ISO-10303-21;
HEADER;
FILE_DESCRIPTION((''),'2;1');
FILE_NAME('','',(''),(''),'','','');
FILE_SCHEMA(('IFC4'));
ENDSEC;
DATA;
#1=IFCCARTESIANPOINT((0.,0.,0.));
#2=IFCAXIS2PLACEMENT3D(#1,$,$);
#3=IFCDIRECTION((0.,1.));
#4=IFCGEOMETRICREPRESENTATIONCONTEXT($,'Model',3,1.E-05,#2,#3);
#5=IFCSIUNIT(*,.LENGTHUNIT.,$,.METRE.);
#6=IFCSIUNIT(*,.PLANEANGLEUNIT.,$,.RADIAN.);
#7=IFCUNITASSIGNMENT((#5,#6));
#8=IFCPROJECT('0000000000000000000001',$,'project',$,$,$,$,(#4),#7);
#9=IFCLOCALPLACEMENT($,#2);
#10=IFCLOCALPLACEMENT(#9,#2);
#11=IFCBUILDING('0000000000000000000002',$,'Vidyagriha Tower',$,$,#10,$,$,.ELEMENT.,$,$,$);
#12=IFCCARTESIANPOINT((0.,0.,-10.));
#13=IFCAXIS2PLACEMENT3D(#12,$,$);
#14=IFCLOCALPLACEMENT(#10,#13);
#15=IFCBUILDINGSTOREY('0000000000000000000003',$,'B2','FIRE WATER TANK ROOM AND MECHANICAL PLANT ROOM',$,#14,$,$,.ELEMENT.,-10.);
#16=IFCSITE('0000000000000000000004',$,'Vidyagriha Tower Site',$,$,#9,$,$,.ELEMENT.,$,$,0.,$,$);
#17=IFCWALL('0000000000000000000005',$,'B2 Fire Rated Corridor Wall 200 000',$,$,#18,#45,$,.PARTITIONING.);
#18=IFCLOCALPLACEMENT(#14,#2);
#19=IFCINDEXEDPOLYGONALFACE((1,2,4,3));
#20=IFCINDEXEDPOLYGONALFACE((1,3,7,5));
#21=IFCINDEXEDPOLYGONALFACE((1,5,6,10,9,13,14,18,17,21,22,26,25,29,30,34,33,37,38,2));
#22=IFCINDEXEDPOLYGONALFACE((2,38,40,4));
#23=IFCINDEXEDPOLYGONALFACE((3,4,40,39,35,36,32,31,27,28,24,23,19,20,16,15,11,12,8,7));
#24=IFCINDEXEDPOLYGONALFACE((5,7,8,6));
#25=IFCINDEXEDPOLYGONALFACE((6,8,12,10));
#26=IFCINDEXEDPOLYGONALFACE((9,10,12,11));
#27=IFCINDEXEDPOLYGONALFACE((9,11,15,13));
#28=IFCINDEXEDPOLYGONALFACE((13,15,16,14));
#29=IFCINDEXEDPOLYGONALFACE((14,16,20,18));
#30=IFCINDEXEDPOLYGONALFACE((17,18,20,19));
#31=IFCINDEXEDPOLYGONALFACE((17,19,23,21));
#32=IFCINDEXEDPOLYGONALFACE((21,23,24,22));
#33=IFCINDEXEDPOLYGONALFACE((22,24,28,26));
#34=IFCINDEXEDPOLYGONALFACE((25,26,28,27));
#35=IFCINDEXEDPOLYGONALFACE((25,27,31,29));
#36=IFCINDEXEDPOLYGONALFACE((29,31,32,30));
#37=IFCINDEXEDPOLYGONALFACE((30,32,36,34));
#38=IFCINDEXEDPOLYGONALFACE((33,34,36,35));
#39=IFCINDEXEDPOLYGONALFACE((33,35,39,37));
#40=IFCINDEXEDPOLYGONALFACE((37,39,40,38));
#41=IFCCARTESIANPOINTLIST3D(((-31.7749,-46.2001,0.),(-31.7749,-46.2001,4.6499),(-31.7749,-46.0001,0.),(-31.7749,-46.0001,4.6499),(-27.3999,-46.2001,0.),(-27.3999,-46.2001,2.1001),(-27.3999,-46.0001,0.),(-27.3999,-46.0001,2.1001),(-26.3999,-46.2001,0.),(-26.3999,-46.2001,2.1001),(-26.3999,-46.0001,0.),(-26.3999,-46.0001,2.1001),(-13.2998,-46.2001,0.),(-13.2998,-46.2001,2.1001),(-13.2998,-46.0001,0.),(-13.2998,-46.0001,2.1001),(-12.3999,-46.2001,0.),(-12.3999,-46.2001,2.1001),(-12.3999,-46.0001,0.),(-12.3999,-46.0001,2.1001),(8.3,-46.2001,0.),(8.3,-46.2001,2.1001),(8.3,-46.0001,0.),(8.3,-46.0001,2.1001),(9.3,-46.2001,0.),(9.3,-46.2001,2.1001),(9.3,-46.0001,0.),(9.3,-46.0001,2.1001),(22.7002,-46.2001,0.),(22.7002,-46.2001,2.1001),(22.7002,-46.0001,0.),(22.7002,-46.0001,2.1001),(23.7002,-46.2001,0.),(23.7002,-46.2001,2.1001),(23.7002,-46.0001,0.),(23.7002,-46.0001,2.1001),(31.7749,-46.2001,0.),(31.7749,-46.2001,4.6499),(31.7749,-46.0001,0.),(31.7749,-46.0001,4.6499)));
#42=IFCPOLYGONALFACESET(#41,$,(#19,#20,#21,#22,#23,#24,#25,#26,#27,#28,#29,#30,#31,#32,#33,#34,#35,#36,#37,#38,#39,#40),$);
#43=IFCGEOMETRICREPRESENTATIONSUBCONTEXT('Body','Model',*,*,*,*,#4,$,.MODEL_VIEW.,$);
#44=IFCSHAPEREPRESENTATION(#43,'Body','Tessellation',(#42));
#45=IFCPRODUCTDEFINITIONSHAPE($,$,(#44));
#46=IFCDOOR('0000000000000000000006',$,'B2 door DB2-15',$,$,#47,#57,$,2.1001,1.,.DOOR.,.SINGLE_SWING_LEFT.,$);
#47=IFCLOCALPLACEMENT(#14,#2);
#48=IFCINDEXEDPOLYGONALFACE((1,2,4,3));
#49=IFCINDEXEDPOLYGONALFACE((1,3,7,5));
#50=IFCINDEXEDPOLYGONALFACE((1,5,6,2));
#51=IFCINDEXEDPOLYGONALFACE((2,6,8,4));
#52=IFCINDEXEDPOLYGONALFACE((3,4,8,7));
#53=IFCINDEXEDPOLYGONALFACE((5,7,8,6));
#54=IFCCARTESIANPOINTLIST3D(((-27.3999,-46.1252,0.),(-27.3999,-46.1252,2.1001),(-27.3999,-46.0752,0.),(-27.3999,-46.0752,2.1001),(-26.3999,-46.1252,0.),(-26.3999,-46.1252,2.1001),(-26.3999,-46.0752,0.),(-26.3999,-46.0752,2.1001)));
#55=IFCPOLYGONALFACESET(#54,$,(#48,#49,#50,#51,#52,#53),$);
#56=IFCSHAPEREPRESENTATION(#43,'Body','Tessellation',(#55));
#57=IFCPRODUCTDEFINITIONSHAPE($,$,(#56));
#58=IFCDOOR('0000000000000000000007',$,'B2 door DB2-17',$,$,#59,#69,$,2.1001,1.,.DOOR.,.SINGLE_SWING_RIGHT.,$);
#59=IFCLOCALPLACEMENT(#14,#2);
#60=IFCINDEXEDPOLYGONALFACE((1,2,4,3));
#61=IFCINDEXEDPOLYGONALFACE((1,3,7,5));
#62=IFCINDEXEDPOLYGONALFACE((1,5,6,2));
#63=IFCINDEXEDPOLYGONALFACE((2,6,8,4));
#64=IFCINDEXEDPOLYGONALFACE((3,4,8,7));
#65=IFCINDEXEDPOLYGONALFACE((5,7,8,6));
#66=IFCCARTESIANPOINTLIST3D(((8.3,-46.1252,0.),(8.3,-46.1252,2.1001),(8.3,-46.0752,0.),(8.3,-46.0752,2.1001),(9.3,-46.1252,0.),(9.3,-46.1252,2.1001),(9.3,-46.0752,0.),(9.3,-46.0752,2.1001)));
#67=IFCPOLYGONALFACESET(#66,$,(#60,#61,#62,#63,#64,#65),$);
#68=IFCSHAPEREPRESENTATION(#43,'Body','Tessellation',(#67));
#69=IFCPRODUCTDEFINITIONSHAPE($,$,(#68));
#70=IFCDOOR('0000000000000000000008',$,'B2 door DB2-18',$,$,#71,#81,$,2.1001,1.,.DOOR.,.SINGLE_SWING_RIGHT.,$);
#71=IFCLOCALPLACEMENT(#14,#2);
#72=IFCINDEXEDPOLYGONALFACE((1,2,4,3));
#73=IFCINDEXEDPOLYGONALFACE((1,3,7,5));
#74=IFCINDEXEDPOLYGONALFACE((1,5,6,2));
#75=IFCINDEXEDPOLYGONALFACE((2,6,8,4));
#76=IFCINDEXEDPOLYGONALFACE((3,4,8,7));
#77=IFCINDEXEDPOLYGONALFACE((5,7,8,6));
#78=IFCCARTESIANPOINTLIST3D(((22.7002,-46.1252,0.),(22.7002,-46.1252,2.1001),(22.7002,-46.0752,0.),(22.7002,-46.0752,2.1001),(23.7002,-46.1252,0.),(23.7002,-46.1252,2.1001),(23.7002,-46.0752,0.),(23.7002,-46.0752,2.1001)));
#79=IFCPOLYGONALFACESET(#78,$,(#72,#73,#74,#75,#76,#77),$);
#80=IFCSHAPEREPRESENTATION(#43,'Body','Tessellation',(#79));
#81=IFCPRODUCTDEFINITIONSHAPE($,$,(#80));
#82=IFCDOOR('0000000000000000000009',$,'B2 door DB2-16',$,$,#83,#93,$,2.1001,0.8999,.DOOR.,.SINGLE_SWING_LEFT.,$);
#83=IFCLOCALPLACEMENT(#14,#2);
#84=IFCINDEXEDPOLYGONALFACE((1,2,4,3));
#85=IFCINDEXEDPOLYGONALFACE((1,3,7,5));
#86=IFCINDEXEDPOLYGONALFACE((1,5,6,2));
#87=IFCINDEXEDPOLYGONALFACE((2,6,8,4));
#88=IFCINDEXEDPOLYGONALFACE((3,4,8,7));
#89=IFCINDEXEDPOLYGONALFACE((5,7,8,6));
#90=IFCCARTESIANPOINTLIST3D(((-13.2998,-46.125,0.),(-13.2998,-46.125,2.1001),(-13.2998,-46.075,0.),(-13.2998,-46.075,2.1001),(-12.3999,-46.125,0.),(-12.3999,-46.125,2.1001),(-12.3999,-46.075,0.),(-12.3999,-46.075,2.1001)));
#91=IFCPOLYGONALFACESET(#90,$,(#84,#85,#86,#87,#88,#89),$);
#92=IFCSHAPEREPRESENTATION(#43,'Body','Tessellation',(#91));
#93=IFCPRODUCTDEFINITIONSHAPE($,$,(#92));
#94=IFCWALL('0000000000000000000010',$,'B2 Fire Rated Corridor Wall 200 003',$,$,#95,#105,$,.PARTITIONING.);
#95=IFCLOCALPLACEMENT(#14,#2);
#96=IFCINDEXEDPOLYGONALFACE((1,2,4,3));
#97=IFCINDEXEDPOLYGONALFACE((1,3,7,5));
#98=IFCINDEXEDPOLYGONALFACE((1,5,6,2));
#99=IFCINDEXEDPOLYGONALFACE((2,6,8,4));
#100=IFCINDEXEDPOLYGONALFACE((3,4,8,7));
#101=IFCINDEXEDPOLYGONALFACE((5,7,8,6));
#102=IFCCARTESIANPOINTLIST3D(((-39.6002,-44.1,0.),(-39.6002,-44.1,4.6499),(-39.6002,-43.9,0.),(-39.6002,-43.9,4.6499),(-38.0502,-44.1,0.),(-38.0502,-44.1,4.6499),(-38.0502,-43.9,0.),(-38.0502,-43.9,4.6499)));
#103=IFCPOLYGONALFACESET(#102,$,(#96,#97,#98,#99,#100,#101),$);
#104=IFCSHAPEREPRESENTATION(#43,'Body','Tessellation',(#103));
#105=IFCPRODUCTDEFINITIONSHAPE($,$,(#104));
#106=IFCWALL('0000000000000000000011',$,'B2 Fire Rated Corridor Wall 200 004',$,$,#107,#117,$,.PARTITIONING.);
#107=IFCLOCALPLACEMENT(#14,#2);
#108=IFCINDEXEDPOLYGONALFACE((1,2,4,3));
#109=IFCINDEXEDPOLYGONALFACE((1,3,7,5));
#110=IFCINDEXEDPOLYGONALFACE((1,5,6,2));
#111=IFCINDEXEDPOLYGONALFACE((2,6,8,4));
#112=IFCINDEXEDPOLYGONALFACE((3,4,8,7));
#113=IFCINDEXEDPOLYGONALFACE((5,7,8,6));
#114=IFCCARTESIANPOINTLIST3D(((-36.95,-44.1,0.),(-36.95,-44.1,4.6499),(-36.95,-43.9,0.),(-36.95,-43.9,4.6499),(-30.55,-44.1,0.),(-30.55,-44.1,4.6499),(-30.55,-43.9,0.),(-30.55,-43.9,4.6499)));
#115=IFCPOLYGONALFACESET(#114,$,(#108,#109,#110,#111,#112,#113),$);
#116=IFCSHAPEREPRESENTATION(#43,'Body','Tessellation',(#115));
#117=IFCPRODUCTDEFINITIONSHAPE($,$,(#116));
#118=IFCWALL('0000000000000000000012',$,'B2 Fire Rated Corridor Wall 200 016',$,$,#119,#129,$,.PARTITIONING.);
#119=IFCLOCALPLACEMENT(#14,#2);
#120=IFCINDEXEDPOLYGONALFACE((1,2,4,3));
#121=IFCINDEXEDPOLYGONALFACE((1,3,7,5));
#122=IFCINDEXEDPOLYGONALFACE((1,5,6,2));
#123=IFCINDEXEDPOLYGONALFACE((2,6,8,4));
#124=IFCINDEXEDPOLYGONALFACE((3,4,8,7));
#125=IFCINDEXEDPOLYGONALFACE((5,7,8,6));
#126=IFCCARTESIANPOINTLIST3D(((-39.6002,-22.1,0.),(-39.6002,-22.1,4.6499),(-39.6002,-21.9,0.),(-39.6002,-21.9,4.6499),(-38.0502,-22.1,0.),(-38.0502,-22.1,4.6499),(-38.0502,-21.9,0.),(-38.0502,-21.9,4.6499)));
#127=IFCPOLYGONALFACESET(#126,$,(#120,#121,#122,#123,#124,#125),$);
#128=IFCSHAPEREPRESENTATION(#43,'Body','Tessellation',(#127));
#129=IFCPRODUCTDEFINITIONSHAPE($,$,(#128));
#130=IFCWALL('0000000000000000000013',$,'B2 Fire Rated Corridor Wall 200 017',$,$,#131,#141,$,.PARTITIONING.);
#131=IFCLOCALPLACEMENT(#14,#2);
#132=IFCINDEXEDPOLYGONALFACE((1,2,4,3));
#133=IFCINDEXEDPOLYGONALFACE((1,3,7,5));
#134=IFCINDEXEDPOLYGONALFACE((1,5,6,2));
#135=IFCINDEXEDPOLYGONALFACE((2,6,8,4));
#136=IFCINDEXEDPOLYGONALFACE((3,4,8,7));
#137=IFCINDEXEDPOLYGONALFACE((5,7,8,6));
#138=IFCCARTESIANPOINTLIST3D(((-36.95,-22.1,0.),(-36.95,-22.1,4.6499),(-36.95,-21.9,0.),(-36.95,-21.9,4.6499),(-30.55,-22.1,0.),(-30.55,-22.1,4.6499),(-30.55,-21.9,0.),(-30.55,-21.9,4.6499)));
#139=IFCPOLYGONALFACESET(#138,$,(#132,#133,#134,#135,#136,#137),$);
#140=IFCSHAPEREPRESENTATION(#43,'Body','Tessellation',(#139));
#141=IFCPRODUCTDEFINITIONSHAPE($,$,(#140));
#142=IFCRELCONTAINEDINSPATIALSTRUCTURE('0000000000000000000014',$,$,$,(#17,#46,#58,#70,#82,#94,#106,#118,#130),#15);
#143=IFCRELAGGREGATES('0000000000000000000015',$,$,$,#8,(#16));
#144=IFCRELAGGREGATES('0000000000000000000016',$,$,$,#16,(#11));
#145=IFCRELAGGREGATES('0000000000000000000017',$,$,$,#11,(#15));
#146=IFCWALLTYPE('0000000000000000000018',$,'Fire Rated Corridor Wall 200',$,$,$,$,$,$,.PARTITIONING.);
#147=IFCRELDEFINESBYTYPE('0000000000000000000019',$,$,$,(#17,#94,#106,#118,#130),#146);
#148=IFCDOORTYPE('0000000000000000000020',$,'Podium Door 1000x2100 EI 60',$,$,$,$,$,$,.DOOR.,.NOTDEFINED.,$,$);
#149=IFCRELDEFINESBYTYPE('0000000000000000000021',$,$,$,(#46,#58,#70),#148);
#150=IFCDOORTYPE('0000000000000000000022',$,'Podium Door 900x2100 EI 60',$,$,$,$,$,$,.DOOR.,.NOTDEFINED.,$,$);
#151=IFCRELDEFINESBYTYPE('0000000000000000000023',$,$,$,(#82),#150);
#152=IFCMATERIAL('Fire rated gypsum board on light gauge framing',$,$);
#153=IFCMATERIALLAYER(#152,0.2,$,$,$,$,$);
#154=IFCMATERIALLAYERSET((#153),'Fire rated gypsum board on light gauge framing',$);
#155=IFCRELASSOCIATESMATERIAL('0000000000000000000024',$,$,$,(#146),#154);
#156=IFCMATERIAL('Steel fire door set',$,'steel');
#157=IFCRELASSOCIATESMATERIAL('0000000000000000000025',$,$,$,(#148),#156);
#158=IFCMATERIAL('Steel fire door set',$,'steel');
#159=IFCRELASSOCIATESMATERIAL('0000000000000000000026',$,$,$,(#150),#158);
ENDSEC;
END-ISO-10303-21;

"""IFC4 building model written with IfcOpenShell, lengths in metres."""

from ifc_helpers import new_model, si_unit, direction, frame, frame_2d, origin, place, context, subcontext, project, spatial, rectangle, extrude, material, layer, layer_set, type_object, element, fill, save


model = new_model("IFC4")

# Units and contexts
model_context = context("Model", 3, precision=1e-05, world=origin(), true_north=direction((0.0, 1.0)))
body_context = subcontext(model_context, "Body", "Model", "MODEL_VIEW")
ifc_project = project(units=[si_unit("LENGTHUNIT", "METRE"), si_unit("PLANEANGLEUNIT", "RADIAN")], contexts=[model_context])

# Site, building, storey
site_placement = place(None, origin())
site = spatial("IfcSite", under=ifc_project, at=site_placement, Name="Vidyagriha Tower Site", CompositionType="ELEMENT", RefElevation=0.0)
building_placement = place(site_placement, origin())
building = spatial("IfcBuilding", under=site, at=building_placement, Name="Vidyagriha Tower", CompositionType="ELEMENT")
storey_placement = place(building_placement, frame((0.0, 0.0, -10.0)))
storey = spatial("IfcBuildingStorey", under=building, at=storey_placement, Name="B2", Description="FIRE WATER TANK ROOM AND MECHANICAL PLANT ROOM", CompositionType="ELEMENT", Elevation=-10.0)

# Wall, openings, doors
ifc_material_1 = material(Name="Fire rated gypsum board on light gauge framing")
ifc_layer_1 = layer(ifc_material_1, 0.2)
ifc_layer_set_1 = layer_set([ifc_layer_1], Name="Fire rated gypsum board on light gauge framing")
wall_type_1 = type_object("IfcWallType", Name="Fire Rated Corridor Wall 200", PredefinedType="PARTITIONING", material=ifc_layer_set_1)
wall_1_placement = place(storey_placement, frame((-31.7749, -46.1001, 0.0)))
wall_1 = element("IfcWall", 1, at=wall_1_placement, inside=storey, type_object=wall_type_1, Name="B2 Fire Rated Corridor Wall 200 000", PredefinedType="PARTITIONING", context=body_context, shape_type="SweptSolid", body=[
    extrude(rectangle(XDim=63.5498, YDim=0.2, at=frame_2d((31.7749, 0.0))), origin(), (0.0, 0.0, 1.0), 4.6499),
])
opening_1_placement = place(wall_1_placement, frame((4.375, 0.0, 0.0)))
opening_1 = element("IfcOpeningElement", 2, at=opening_1_placement, cuts=wall_1, PredefinedType="OPENING", context=body_context, shape_type="SweptSolid", body=[
    extrude(rectangle(XDim=1.0, YDim=2.1001, at=frame_2d((0.5, 1.05))), frame((0.0, 0.1099, 0.0), z_axis=(0.0, -1.0, 0.0), x_axis=(1.0, 0.0, 0.0)), (0.0, 0.0, 1.0), 0.22),
])
opening_2_placement = place(wall_1_placement, frame((18.4751, 0.0, 0.0)))
opening_2 = element("IfcOpeningElement", 3, at=opening_2_placement, cuts=wall_1, PredefinedType="OPENING", context=body_context, shape_type="SweptSolid", body=[
    extrude(rectangle(XDim=0.8999, YDim=2.1001, at=frame_2d((0.45, 1.05))), frame((0.0, 0.1099, 0.0), z_axis=(0.0, -1.0, 0.0), x_axis=(1.0, 0.0, 0.0)), (0.0, 0.0, 1.0), 0.22),
])
opening_3_placement = place(wall_1_placement, frame((40.075, 0.0, 0.0)))
opening_3 = element("IfcOpeningElement", 4, at=opening_3_placement, cuts=wall_1, PredefinedType="OPENING", context=body_context, shape_type="SweptSolid", body=[
    extrude(rectangle(XDim=1.0, YDim=2.1001, at=frame_2d((0.5, 1.05))), frame((0.0, 0.1099, 0.0), z_axis=(0.0, -1.0, 0.0), x_axis=(1.0, 0.0, 0.0)), (0.0, 0.0, 1.0), 0.22),
])
opening_4_placement = place(wall_1_placement, frame((54.4751, 0.0, 0.0)))
opening_4 = element("IfcOpeningElement", 5, at=opening_4_placement, cuts=wall_1, PredefinedType="OPENING", context=body_context, shape_type="SweptSolid", body=[
    extrude(rectangle(XDim=1.0, YDim=2.1001, at=frame_2d((0.5, 1.05))), frame((0.0, 0.1099, 0.0), z_axis=(0.0, -1.0, 0.0), x_axis=(1.0, 0.0, 0.0)), (0.0, 0.0, 1.0), 0.22),
])
ifc_material_2 = material(Name="Steel fire door set", Category="steel")
door_type_1 = type_object("IfcDoorType", Name="Podium Door 1000x2100 EI 60", OperationType="NOTDEFINED", PredefinedType="DOOR", material=ifc_material_2)
door_1_placement = place(opening_1_placement, origin())
door_1 = element("IfcDoor", 6, at=door_1_placement, inside=storey, type_object=door_type_1, Name="B2 door DB2-15", OperationType="SINGLE_SWING_LEFT", OverallHeight=2.1001, OverallWidth=1.0, PredefinedType="DOOR", context=body_context, shape_type="SweptSolid", body=[
    extrude(rectangle(XDim=1.0, YDim=2.1001, at=frame_2d((0.5, 1.05))), frame((0.0, 0.0249, 0.0), z_axis=(0.0, -1.0, 0.0), x_axis=(1.0, 0.0, 0.0)), (0.0, 0.0, 1.0), 0.05),
])
fill(opening_1, door_1)
door_2_placement = place(opening_3_placement, origin())
door_2 = element("IfcDoor", 7, at=door_2_placement, inside=storey, type_object=door_type_1, Name="B2 door DB2-17", OperationType="SINGLE_SWING_RIGHT", OverallHeight=2.1001, OverallWidth=1.0, PredefinedType="DOOR", context=body_context, shape_type="SweptSolid", body=[
    extrude(rectangle(XDim=1.0, YDim=2.1001, at=frame_2d((0.5, 1.05))), frame((0.0, 0.0249, 0.0), z_axis=(0.0, -1.0, 0.0), x_axis=(1.0, 0.0, 0.0)), (0.0, 0.0, 1.0), 0.05),
])
fill(opening_3, door_2)
door_3_placement = place(opening_4_placement, origin())
door_3 = element("IfcDoor", 8, at=door_3_placement, inside=storey, type_object=door_type_1, Name="B2 door DB2-18", OperationType="SINGLE_SWING_RIGHT", OverallHeight=2.1001, OverallWidth=1.0, PredefinedType="DOOR", context=body_context, shape_type="SweptSolid", body=[
    extrude(rectangle(XDim=1.0, YDim=2.1001, at=frame_2d((0.5, 1.05))), frame((0.0, 0.0249, 0.0), z_axis=(0.0, -1.0, 0.0), x_axis=(1.0, 0.0, 0.0)), (0.0, 0.0, 1.0), 0.05),
])
fill(opening_4, door_3)
ifc_material_3 = material(Name="Steel fire door set", Category="steel")
door_type_2 = type_object("IfcDoorType", Name="Podium Door 900x2100 EI 60", OperationType="NOTDEFINED", PredefinedType="DOOR", material=ifc_material_3)
door_4_placement = place(opening_2_placement, frame((0.8999, 0.0, 0.0), z_axis=(0.0, 0.0, 1.0), x_axis=(-1.0, 0.0, 0.0)))
door_4 = element("IfcDoor", 9, at=door_4_placement, inside=storey, type_object=door_type_2, Name="B2 door DB2-16", OperationType="SINGLE_SWING_LEFT", OverallHeight=2.1001, OverallWidth=0.8999, PredefinedType="DOOR", context=body_context, shape_type="SweptSolid", body=[
    extrude(rectangle(XDim=0.8999, YDim=2.1001, at=frame_2d((0.45, 1.05))), frame((0.0, 0.0249, 0.0), z_axis=(0.0, -1.0, 0.0), x_axis=(1.0, 0.0, 0.0)), (0.0, 0.0, 1.0), 0.05),
])
fill(opening_2, door_4)

# Walls
wall_2_placement = place(storey_placement, frame((-39.6001, -44.0, 0.0)))
element("IfcWall", 10, at=wall_2_placement, inside=storey, type_object=wall_type_1, Name="B2 Fire Rated Corridor Wall 200 003", PredefinedType="PARTITIONING", context=body_context, shape_type="SweptSolid", body=[
    extrude(rectangle(XDim=1.55, YDim=0.2, at=frame_2d((0.7749, 0.0))), origin(), (0.0, 0.0, 1.0), 4.6499),
])
wall_3_placement = place(storey_placement, frame((-36.95, -44.0, 0.0)))
element("IfcWall", 11, at=wall_3_placement, inside=storey, type_object=wall_type_1, Name="B2 Fire Rated Corridor Wall 200 004", PredefinedType="PARTITIONING", context=body_context, shape_type="SweptSolid", body=[
    extrude(rectangle(XDim=6.3999, YDim=0.2, at=frame_2d((3.2, 0.0))), origin(), (0.0, 0.0, 1.0), 4.6499),
])
wall_4_placement = place(storey_placement, frame((-39.6001, -22.0, 0.0)))
element("IfcWall", 12, at=wall_4_placement, inside=storey, type_object=wall_type_1, Name="B2 Fire Rated Corridor Wall 200 016", PredefinedType="PARTITIONING", context=body_context, shape_type="SweptSolid", body=[
    extrude(rectangle(XDim=1.55, YDim=0.2, at=frame_2d((0.7749, 0.0))), origin(), (0.0, 0.0, 1.0), 4.6499),
])
wall_5_placement = place(storey_placement, frame((-36.95, -22.0, 0.0)))
element("IfcWall", 13, at=wall_5_placement, inside=storey, type_object=wall_type_1, Name="B2 Fire Rated Corridor Wall 200 017", PredefinedType="PARTITIONING", context=body_context, shape_type="SweptSolid", body=[
    extrude(rectangle(XDim=6.3999, YDim=0.2, at=frame_2d((3.2, 0.0))), origin(), (0.0, 0.0, 1.0), 4.6499),
])

save(model, "model.ifc")
